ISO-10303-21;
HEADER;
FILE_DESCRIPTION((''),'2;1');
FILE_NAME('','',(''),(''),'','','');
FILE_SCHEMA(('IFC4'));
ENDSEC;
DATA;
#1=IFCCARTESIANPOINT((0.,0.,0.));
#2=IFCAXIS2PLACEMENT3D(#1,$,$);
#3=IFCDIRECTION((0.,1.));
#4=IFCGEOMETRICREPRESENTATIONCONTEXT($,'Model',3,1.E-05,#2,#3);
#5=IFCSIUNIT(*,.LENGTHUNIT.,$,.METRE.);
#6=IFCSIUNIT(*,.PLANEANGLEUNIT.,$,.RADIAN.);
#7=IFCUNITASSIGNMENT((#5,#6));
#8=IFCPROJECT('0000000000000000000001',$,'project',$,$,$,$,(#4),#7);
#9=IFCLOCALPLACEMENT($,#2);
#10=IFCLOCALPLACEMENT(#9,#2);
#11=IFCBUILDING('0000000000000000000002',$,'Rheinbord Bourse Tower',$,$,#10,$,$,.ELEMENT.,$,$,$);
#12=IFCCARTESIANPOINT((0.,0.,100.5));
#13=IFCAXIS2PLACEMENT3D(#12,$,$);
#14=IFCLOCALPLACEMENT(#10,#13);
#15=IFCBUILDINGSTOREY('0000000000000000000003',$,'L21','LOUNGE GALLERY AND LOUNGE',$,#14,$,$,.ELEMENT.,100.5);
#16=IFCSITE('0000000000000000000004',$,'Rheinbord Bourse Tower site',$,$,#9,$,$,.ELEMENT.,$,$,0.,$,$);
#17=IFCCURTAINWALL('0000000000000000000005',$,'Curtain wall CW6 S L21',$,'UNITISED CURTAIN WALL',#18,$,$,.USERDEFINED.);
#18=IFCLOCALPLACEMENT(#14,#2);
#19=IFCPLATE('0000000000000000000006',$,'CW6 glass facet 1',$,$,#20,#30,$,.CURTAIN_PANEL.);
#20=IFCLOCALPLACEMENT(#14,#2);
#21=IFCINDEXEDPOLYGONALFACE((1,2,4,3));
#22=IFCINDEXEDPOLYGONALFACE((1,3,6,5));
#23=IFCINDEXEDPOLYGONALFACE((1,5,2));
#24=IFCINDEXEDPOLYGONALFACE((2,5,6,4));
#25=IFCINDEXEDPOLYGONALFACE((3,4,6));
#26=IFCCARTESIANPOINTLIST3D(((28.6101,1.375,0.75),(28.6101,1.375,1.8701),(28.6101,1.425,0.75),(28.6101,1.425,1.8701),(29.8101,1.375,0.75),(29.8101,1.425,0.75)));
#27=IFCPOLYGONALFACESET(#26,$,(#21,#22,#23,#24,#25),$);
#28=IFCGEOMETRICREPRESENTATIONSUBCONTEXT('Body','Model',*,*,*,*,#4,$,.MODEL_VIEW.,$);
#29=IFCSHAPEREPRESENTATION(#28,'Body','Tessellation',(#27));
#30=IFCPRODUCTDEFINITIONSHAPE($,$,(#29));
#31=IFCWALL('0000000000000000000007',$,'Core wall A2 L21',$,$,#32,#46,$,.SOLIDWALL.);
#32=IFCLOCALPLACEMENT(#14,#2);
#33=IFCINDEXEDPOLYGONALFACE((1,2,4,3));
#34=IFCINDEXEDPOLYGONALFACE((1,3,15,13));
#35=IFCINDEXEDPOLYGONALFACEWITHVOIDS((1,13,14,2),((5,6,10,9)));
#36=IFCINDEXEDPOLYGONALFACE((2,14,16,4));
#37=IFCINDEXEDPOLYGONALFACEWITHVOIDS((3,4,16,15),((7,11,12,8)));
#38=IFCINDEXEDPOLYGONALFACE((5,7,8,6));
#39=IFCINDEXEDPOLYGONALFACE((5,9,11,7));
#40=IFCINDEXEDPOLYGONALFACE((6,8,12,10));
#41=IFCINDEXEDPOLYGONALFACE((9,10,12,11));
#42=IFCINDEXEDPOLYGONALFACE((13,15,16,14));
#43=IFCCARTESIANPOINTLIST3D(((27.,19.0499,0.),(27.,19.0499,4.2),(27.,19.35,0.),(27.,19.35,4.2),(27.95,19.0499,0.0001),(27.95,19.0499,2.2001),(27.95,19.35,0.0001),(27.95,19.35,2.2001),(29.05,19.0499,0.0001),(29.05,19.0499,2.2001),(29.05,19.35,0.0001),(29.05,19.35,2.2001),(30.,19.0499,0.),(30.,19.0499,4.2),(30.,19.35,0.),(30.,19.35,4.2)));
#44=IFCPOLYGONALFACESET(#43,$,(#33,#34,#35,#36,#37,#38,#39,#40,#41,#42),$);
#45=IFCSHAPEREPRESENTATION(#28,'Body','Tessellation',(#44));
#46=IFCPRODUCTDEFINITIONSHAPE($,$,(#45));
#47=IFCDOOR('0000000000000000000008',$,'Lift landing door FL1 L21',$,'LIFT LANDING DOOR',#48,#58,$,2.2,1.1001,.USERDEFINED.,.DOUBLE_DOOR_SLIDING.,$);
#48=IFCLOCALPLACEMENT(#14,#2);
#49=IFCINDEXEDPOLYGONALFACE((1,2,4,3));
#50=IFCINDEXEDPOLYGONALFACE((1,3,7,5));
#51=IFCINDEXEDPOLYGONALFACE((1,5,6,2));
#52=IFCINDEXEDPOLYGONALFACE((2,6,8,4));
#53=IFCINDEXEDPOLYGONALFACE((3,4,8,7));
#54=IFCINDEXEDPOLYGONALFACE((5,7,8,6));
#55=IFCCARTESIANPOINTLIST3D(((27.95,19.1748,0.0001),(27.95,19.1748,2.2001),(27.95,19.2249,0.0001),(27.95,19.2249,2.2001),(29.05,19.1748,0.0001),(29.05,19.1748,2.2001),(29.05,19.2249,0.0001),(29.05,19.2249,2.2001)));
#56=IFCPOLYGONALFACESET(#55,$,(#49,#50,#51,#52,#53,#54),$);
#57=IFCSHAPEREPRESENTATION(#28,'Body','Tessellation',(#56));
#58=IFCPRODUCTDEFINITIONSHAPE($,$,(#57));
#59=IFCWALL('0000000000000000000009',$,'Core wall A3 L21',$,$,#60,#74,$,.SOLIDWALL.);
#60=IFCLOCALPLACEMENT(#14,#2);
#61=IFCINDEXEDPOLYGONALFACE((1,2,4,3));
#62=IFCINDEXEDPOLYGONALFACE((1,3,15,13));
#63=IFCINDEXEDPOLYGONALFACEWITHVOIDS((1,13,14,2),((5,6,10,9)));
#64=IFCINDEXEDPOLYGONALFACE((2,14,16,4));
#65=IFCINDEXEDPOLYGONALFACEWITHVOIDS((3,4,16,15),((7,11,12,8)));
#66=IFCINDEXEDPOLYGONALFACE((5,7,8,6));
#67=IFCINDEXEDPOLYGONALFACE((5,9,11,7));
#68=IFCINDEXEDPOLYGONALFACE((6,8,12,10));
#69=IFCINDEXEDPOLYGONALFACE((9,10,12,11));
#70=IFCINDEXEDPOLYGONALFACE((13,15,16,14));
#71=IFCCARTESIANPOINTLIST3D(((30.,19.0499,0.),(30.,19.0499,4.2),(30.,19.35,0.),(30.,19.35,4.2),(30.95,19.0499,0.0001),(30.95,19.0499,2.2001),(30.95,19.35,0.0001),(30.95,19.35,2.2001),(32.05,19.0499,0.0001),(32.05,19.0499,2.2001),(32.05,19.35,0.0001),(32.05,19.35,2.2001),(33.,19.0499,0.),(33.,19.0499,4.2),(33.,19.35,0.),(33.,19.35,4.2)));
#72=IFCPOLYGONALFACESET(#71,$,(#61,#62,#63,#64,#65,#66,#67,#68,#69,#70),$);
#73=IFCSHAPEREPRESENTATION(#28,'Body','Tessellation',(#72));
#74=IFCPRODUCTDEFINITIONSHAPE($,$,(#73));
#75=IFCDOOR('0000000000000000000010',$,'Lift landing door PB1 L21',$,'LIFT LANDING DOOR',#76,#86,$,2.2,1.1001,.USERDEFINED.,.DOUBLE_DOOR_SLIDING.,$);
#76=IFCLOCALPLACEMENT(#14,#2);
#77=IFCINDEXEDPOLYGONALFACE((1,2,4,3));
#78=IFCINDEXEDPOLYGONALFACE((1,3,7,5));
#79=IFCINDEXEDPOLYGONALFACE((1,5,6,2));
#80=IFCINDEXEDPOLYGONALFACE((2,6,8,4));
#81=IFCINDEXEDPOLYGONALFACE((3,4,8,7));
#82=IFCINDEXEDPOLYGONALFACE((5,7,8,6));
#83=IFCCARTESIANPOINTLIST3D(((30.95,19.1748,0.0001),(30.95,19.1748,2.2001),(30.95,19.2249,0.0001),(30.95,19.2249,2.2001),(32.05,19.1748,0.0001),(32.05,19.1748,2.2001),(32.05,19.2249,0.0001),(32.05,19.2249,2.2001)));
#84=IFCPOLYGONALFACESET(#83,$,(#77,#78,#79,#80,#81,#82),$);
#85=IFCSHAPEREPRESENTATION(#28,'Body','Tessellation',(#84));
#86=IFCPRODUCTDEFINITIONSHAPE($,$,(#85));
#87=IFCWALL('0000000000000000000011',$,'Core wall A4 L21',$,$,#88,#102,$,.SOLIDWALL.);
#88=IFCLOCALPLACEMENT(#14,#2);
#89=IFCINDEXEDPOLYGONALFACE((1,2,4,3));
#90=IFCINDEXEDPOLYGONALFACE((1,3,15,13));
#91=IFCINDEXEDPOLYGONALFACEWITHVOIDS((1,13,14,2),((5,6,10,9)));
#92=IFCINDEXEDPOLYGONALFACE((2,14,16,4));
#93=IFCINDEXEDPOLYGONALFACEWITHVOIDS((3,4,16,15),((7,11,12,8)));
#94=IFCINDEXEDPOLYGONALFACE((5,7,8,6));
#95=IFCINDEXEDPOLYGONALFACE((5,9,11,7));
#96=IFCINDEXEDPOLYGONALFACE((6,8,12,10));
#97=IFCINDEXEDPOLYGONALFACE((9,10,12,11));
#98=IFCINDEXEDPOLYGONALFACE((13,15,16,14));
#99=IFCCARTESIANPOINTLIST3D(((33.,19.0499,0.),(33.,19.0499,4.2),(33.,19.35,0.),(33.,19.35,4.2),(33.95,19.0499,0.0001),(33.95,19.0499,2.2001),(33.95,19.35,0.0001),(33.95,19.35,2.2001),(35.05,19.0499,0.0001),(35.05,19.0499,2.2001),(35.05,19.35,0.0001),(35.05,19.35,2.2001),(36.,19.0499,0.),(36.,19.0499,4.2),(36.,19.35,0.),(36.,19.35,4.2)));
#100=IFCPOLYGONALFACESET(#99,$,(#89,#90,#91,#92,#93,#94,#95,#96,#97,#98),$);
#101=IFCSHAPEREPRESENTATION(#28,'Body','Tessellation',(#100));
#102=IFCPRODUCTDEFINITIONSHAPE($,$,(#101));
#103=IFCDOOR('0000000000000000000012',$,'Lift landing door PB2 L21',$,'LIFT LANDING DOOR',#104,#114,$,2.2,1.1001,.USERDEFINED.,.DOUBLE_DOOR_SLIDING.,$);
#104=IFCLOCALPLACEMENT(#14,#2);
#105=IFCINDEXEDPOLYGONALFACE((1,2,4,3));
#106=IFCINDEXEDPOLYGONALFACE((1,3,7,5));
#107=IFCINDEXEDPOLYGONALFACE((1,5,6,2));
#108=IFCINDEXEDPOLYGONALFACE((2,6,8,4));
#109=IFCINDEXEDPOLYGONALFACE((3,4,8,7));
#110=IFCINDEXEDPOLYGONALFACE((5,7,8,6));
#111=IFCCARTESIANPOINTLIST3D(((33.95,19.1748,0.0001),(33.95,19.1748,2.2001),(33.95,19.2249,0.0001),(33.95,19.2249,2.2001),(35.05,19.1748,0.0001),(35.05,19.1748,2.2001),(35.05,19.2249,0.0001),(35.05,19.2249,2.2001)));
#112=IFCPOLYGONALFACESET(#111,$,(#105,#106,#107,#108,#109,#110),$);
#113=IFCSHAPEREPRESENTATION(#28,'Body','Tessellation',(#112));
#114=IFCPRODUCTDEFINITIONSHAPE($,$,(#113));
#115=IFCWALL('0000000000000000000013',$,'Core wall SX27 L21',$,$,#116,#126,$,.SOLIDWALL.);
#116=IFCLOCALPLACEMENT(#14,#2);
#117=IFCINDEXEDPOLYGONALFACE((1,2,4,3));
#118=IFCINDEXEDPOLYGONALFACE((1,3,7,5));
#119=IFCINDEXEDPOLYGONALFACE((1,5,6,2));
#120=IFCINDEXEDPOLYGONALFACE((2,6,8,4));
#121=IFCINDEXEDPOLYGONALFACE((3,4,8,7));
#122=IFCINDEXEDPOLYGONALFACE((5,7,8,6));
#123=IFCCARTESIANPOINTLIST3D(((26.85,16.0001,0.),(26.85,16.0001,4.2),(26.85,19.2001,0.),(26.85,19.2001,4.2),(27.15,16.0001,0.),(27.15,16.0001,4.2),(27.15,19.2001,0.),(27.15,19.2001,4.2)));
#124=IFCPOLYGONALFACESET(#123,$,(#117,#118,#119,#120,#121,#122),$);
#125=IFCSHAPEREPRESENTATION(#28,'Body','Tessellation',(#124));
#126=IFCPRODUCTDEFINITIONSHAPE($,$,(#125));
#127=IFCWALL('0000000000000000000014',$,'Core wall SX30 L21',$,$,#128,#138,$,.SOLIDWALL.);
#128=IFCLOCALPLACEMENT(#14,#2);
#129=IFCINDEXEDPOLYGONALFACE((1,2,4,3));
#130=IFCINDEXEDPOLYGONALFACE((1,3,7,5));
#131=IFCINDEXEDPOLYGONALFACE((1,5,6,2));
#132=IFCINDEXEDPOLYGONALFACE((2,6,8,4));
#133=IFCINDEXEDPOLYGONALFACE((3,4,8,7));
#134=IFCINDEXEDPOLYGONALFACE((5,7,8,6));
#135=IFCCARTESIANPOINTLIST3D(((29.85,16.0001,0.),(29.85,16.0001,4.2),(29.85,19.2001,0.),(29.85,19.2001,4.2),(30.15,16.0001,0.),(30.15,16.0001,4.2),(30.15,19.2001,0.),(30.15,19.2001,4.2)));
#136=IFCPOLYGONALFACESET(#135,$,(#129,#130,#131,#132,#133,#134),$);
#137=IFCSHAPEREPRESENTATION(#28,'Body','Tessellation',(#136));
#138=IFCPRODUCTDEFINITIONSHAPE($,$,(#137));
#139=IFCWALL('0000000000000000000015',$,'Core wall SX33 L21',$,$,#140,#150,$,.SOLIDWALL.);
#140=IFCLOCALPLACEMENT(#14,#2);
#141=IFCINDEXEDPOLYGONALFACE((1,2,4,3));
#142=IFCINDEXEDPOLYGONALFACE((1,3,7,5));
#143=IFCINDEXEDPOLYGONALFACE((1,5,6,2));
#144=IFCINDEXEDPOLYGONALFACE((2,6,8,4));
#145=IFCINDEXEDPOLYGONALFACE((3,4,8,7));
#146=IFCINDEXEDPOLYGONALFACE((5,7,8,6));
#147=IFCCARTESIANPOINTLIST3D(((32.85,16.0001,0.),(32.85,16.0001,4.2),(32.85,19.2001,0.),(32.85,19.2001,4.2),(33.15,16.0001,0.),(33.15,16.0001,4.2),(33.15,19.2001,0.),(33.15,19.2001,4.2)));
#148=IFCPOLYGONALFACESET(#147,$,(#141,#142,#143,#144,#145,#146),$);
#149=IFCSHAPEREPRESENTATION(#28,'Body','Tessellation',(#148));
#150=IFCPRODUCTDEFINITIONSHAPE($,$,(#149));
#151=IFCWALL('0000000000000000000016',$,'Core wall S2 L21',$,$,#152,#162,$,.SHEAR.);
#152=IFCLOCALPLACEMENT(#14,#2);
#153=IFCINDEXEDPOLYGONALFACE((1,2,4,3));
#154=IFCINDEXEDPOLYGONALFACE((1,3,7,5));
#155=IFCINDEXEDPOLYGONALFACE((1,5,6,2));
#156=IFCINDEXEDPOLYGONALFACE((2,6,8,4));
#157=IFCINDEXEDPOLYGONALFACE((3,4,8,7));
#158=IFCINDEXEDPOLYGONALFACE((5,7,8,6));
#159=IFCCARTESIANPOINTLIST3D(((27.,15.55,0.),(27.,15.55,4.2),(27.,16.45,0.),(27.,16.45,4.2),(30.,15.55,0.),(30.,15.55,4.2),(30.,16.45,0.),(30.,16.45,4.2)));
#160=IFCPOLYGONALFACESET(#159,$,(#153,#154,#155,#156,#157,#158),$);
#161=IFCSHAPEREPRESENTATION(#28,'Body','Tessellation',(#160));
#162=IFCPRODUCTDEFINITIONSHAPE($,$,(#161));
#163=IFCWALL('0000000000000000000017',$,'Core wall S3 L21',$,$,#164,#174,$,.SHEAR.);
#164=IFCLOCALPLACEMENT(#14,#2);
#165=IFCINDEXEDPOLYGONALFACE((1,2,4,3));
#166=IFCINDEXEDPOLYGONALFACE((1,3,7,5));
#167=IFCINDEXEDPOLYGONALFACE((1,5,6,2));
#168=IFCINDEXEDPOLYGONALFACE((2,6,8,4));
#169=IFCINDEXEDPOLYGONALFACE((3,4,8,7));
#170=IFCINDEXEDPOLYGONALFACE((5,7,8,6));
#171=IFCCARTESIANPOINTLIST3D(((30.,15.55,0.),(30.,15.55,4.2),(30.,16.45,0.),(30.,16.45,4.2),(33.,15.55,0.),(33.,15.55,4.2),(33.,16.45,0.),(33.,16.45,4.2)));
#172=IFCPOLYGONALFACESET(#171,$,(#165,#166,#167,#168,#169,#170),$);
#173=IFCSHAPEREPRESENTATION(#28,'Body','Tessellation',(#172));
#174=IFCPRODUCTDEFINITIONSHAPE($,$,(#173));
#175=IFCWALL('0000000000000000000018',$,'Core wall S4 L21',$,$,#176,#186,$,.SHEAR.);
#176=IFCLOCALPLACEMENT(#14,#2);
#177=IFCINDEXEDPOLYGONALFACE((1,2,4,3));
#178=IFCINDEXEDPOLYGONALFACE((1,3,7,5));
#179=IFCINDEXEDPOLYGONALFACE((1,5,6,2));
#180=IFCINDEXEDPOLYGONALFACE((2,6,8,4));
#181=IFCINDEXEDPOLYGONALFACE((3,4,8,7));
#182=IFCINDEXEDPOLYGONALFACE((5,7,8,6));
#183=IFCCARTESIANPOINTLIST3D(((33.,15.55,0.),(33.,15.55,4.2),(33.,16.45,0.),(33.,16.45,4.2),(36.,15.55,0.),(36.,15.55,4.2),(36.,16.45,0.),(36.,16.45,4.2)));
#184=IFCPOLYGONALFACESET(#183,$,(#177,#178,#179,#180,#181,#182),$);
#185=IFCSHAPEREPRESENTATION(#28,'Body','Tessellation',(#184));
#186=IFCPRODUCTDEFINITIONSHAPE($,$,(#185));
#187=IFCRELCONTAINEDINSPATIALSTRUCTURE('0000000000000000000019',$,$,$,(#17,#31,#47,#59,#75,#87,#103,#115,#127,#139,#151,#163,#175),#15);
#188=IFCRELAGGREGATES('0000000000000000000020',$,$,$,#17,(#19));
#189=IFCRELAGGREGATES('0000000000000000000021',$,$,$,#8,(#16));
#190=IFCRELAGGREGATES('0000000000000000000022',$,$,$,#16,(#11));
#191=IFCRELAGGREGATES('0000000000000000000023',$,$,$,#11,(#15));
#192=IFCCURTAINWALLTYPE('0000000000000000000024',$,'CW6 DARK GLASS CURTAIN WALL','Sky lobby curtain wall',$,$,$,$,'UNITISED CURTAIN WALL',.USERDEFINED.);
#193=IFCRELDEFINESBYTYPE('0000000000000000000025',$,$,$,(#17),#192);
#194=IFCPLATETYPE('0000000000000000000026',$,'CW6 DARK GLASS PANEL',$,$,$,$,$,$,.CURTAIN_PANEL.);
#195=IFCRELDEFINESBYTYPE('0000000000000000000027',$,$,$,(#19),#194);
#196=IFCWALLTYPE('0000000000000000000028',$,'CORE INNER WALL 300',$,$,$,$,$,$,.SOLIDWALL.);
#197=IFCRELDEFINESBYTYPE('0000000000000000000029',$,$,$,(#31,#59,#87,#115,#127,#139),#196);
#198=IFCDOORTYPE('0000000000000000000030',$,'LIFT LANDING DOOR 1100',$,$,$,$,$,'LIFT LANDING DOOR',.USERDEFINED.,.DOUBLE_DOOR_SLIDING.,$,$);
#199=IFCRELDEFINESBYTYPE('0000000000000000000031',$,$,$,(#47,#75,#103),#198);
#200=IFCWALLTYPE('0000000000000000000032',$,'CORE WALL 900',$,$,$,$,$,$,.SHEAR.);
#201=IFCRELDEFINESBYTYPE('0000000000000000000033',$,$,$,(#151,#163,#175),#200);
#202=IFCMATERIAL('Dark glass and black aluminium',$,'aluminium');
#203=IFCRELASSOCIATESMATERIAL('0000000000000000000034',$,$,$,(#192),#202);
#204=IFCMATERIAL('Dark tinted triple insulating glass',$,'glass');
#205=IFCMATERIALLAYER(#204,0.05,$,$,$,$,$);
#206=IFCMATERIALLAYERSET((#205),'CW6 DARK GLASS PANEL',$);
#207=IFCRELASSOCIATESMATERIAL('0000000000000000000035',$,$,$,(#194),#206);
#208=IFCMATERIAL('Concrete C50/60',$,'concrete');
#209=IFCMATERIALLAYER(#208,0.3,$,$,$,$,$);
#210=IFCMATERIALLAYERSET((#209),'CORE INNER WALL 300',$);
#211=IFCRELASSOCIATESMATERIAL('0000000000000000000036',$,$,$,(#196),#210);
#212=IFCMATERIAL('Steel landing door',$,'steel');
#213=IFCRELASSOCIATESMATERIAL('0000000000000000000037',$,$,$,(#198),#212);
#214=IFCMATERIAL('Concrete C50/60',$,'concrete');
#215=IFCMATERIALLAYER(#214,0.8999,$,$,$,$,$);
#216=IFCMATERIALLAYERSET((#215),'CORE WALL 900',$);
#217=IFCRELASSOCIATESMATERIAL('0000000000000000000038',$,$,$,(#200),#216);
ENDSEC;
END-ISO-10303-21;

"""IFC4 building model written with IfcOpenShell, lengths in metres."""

from ifc_helpers import new_model, si_unit, direction, frame, frame_2d, origin, place, context, subcontext, project, spatial, polyline, rectangle, outline, extrude, material, layer, layer_set, type_object, element, fill, aggregate, save


model = new_model("IFC4")

# Units and contexts
model_context = context("Model", 3, precision=1e-05, world=origin(), true_north=direction((0.0, 1.0)))
body_context = subcontext(model_context, "Body", "Model", "MODEL_VIEW")
ifc_project = project(units=[si_unit("LENGTHUNIT", "METRE"), si_unit("PLANEANGLEUNIT", "RADIAN")], contexts=[model_context])

# Site, building, storey
site_placement = place(None, origin())
site = spatial("IfcSite", under=ifc_project, at=site_placement, Name="Rheinbord Bourse Tower site", CompositionType="ELEMENT", RefElevation=0.0)
building_placement = place(site_placement, origin())
building = spatial("IfcBuilding", under=site, at=building_placement, Name="Rheinbord Bourse Tower", CompositionType="ELEMENT")
storey_placement = place(building_placement, frame((0.0, 0.0, 100.5)))
storey = spatial("IfcBuildingStorey", under=building, at=storey_placement, Name="L21", Description="LOUNGE GALLERY AND LOUNGE", CompositionType="ELEMENT", Elevation=100.5)

# Curtain wall
ifc_material_1 = material(Name="Dark glass and black aluminium", Category="aluminium")
curtain_wall_type = type_object("IfcCurtainWallType", Name="CW6 DARK GLASS CURTAIN WALL", Description="Sky lobby curtain wall", ElementType="UNITISED CURTAIN WALL", PredefinedType="USERDEFINED", material=ifc_material_1)
curtain_wall_placement = place(storey_placement, origin())
curtain_wall = element("IfcCurtainWall", 1, at=curtain_wall_placement, inside=storey, type_object=curtain_wall_type, Name="Curtain wall CW6 S L21", ObjectType="UNITISED CURTAIN WALL", PredefinedType="USERDEFINED")

# Plate
ifc_material_2 = material(Name="Dark tinted triple insulating glass", Category="glass")
ifc_layer_1 = layer(ifc_material_2, 0.05)
ifc_layer_set_1 = layer_set([ifc_layer_1], Name="CW6 DARK GLASS PANEL")
plate_type = type_object("IfcPlateType", Name="CW6 DARK GLASS PANEL", PredefinedType="CURTAIN_PANEL", material=ifc_layer_set_1)
plate_1_placement = place(storey_placement, frame((28.6101, 1.375, 0.75), z_axis=(0.0, 1.0, 0.0), x_axis=(0.0, 0.0, 1.0)))
plate_1 = element("IfcPlate", 2, at=plate_1_placement, type_object=plate_type, Name="CW6 glass facet 1", PredefinedType="CURTAIN_PANEL", context=body_context, shape_type="SweptSolid", body=[
    extrude(outline(polyline([(0.0, 0.0), (1.1201, 0.0), (0.0, 1.2), (0.0, 0.0)])), origin(), (0.0, 0.0, 1.0), 0.05),
])
aggregate(curtain_wall, [plate_1])

# Walls, openings, doors
ifc_material_3 = material(Name="Concrete C50/60", Category="concrete")
ifc_layer_2 = layer(ifc_material_3, 0.3)
ifc_layer_set_2 = layer_set([ifc_layer_2], Name="CORE INNER WALL 300")
wall_type_1 = type_object("IfcWallType", Name="CORE INNER WALL 300", PredefinedType="SOLIDWALL", material=ifc_layer_set_2)
wall_1_placement = place(storey_placement, frame((27.0, 19.2, 0.0), z_axis=(0.0, 0.0, 1.0), x_axis=(1.0, 0.0, 0.0)))
wall_1 = element("IfcWall", 3, at=wall_1_placement, inside=storey, type_object=wall_type_1, Name="Core wall A2 L21", PredefinedType="SOLIDWALL", context=body_context, shape_type="SweptSolid", body=[
    extrude(rectangle(XDim=3.0, YDim=0.3, at=frame_2d((1.5, 0.0))), origin(), (0.0, 0.0, 1.0), 4.2),
])
opening_1_placement = place(wall_1_placement, frame((0.95, 0.0, 0.0)))
opening_1 = element("IfcOpeningElement", 4, at=opening_1_placement, cuts=wall_1, PredefinedType="OPENING", context=body_context, shape_type="SweptSolid", body=[
    extrude(rectangle(XDim=1.1001, YDim=2.2, at=frame_2d((0.55, 1.1001))), frame((0.0, 0.1599, 0.0), z_axis=(0.0, -1.0, 0.0), x_axis=(1.0, 0.0, 0.0)), (0.0, 0.0, 1.0), 0.3201),
])
ifc_material_4 = material(Name="Steel landing door", Category="steel")
door_type_1 = type_object("IfcDoorType", Name="LIFT LANDING DOOR 1100", ElementType="LIFT LANDING DOOR", OperationType="DOUBLE_DOOR_SLIDING", PredefinedType="USERDEFINED", material=ifc_material_4)
door_1_placement = place(opening_1_placement, origin())
door_1 = element("IfcDoor", 5, at=door_1_placement, inside=storey, type_object=door_type_1, Name="Lift landing door FL1 L21", ObjectType="LIFT LANDING DOOR", OperationType="DOUBLE_DOOR_SLIDING", OverallHeight=2.2, OverallWidth=1.1001, PredefinedType="USERDEFINED", context=body_context, shape_type="SweptSolid", body=[
    extrude(rectangle(XDim=1.1001, YDim=2.2, at=frame_2d((0.55, 1.1001))), frame((0.0, 0.0249, 0.0), z_axis=(0.0, -1.0, 0.0), x_axis=(1.0, 0.0, 0.0)), (0.0, 0.0, 1.0), 0.05),
])
fill(opening_1, door_1)
wall_2_placement = place(storey_placement, frame((30.0, 19.2, 0.0), z_axis=(0.0, 0.0, 1.0), x_axis=(1.0, 0.0, 0.0)))
wall_2 = element("IfcWall", 6, at=wall_2_placement, inside=storey, type_object=wall_type_1, Name="Core wall A3 L21", PredefinedType="SOLIDWALL", context=body_context, shape_type="SweptSolid", body=[
    extrude(rectangle(XDim=3.0, YDim=0.3, at=frame_2d((1.5, 0.0))), origin(), (0.0, 0.0, 1.0), 4.2),
])
opening_2_placement = place(wall_2_placement, frame((0.95, 0.0, 0.0)))
opening_2 = element("IfcOpeningElement", 7, at=opening_2_placement, cuts=wall_2, PredefinedType="OPENING", context=body_context, shape_type="SweptSolid", body=[
    extrude(rectangle(XDim=1.1001, YDim=2.2, at=frame_2d((0.55, 1.1001))), frame((0.0, 0.1599, 0.0), z_axis=(0.0, -1.0, 0.0), x_axis=(1.0, 0.0, 0.0)), (0.0, 0.0, 1.0), 0.3201),
])
door_2_placement = place(opening_2_placement, origin())
door_2 = element("IfcDoor", 8, at=door_2_placement, inside=storey, type_object=door_type_1, Name="Lift landing door PB1 L21", ObjectType="LIFT LANDING DOOR", OperationType="DOUBLE_DOOR_SLIDING", OverallHeight=2.2, OverallWidth=1.1001, PredefinedType="USERDEFINED", context=body_context, shape_type="SweptSolid", body=[
    extrude(rectangle(XDim=1.1001, YDim=2.2, at=frame_2d((0.55, 1.1001))), frame((0.0, 0.0249, 0.0), z_axis=(0.0, -1.0, 0.0), x_axis=(1.0, 0.0, 0.0)), (0.0, 0.0, 1.0), 0.05),
])
fill(opening_2, door_2)
wall_3_placement = place(storey_placement, frame((33.0, 19.2, 0.0), z_axis=(0.0, 0.0, 1.0), x_axis=(1.0, 0.0, 0.0)))
wall_3 = element("IfcWall", 9, at=wall_3_placement, inside=storey, type_object=wall_type_1, Name="Core wall A4 L21", PredefinedType="SOLIDWALL", context=body_context, shape_type="SweptSolid", body=[
    extrude(rectangle(XDim=3.0, YDim=0.3, at=frame_2d((1.5, 0.0))), origin(), (0.0, 0.0, 1.0), 4.2),
])
opening_3_placement = place(wall_3_placement, frame((0.95, 0.0, 0.0)))
opening_3 = element("IfcOpeningElement", 10, at=opening_3_placement, cuts=wall_3, PredefinedType="OPENING", context=body_context, shape_type="SweptSolid", body=[
    extrude(rectangle(XDim=1.1001, YDim=2.2, at=frame_2d((0.55, 1.1001))), frame((0.0, 0.1599, 0.0), z_axis=(0.0, -1.0, 0.0), x_axis=(1.0, 0.0, 0.0)), (0.0, 0.0, 1.0), 0.3201),
])
door_3_placement = place(opening_3_placement, origin())
door_3 = element("IfcDoor", 11, at=door_3_placement, inside=storey, type_object=door_type_1, Name="Lift landing door PB2 L21", ObjectType="LIFT LANDING DOOR", OperationType="DOUBLE_DOOR_SLIDING", OverallHeight=2.2, OverallWidth=1.1001, PredefinedType="USERDEFINED", context=body_context, shape_type="SweptSolid", body=[
    extrude(rectangle(XDim=1.1001, YDim=2.2, at=frame_2d((0.55, 1.1001))), frame((0.0, 0.0249, 0.0), z_axis=(0.0, -1.0, 0.0), x_axis=(1.0, 0.0, 0.0)), (0.0, 0.0, 1.0), 0.05),
])
fill(opening_3, door_3)

# Walls
for number, where, z_axis, x_axis, name in (
    (12, (27.0, 16.0, 0.0), (0.0, 0.0, 1.0), (0.0, 1.0, 0.0), "Core wall SX27 L21"),
    (13, (30.0, 16.0, 0.0), (0.0, 0.0, 1.0), (0.0, 1.0, 0.0), "Core wall SX30 L21"),
    (14, (33.0, 16.0, 0.0), (0.0, 0.0, 1.0), (0.0, 1.0, 0.0), "Core wall SX33 L21"),
):
    element("IfcWall", number, at=place(storey_placement, frame(where, z_axis=z_axis, x_axis=x_axis)), inside=storey, type_object=wall_type_1, Name=name, PredefinedType="SOLIDWALL", context=body_context, shape_type="SweptSolid", body=[
        extrude(rectangle(XDim=3.2, YDim=0.3, at=frame_2d((1.6001, 0.0))), origin(), (0.0, 0.0, 1.0), 4.2),
    ])
ifc_material_5 = material(Name="Concrete C50/60", Category="concrete")
ifc_layer_3 = layer(ifc_material_5, 0.8999)
ifc_layer_set_3 = layer_set([ifc_layer_3], Name="CORE WALL 900")
wall_type_2 = type_object("IfcWallType", Name="CORE WALL 900", PredefinedType="SHEAR", material=ifc_layer_set_3)
for number, where, z_axis, x_axis, name in (
    (15, (27.0, 16.0, 0.0), (0.0, 0.0, 1.0), (1.0, 0.0, 0.0), "Core wall S2 L21"),
    (16, (30.0, 16.0, 0.0), (0.0, 0.0, 1.0), (1.0, 0.0, 0.0), "Core wall S3 L21"),
    (17, (33.0, 16.0, 0.0), (0.0, 0.0, 1.0), (1.0, 0.0, 0.0), "Core wall S4 L21"),
):
    element("IfcWall", number, at=place(storey_placement, frame(where, z_axis=z_axis, x_axis=x_axis)), inside=storey, type_object=wall_type_2, Name=name, PredefinedType="SHEAR", context=body_context, shape_type="SweptSolid", body=[
        extrude(rectangle(XDim=3.0, YDim=0.8999, at=frame_2d((1.5, 0.0))), origin(), (0.0, 0.0, 1.0), 4.2),
    ])

save(model, "model.ifc")
